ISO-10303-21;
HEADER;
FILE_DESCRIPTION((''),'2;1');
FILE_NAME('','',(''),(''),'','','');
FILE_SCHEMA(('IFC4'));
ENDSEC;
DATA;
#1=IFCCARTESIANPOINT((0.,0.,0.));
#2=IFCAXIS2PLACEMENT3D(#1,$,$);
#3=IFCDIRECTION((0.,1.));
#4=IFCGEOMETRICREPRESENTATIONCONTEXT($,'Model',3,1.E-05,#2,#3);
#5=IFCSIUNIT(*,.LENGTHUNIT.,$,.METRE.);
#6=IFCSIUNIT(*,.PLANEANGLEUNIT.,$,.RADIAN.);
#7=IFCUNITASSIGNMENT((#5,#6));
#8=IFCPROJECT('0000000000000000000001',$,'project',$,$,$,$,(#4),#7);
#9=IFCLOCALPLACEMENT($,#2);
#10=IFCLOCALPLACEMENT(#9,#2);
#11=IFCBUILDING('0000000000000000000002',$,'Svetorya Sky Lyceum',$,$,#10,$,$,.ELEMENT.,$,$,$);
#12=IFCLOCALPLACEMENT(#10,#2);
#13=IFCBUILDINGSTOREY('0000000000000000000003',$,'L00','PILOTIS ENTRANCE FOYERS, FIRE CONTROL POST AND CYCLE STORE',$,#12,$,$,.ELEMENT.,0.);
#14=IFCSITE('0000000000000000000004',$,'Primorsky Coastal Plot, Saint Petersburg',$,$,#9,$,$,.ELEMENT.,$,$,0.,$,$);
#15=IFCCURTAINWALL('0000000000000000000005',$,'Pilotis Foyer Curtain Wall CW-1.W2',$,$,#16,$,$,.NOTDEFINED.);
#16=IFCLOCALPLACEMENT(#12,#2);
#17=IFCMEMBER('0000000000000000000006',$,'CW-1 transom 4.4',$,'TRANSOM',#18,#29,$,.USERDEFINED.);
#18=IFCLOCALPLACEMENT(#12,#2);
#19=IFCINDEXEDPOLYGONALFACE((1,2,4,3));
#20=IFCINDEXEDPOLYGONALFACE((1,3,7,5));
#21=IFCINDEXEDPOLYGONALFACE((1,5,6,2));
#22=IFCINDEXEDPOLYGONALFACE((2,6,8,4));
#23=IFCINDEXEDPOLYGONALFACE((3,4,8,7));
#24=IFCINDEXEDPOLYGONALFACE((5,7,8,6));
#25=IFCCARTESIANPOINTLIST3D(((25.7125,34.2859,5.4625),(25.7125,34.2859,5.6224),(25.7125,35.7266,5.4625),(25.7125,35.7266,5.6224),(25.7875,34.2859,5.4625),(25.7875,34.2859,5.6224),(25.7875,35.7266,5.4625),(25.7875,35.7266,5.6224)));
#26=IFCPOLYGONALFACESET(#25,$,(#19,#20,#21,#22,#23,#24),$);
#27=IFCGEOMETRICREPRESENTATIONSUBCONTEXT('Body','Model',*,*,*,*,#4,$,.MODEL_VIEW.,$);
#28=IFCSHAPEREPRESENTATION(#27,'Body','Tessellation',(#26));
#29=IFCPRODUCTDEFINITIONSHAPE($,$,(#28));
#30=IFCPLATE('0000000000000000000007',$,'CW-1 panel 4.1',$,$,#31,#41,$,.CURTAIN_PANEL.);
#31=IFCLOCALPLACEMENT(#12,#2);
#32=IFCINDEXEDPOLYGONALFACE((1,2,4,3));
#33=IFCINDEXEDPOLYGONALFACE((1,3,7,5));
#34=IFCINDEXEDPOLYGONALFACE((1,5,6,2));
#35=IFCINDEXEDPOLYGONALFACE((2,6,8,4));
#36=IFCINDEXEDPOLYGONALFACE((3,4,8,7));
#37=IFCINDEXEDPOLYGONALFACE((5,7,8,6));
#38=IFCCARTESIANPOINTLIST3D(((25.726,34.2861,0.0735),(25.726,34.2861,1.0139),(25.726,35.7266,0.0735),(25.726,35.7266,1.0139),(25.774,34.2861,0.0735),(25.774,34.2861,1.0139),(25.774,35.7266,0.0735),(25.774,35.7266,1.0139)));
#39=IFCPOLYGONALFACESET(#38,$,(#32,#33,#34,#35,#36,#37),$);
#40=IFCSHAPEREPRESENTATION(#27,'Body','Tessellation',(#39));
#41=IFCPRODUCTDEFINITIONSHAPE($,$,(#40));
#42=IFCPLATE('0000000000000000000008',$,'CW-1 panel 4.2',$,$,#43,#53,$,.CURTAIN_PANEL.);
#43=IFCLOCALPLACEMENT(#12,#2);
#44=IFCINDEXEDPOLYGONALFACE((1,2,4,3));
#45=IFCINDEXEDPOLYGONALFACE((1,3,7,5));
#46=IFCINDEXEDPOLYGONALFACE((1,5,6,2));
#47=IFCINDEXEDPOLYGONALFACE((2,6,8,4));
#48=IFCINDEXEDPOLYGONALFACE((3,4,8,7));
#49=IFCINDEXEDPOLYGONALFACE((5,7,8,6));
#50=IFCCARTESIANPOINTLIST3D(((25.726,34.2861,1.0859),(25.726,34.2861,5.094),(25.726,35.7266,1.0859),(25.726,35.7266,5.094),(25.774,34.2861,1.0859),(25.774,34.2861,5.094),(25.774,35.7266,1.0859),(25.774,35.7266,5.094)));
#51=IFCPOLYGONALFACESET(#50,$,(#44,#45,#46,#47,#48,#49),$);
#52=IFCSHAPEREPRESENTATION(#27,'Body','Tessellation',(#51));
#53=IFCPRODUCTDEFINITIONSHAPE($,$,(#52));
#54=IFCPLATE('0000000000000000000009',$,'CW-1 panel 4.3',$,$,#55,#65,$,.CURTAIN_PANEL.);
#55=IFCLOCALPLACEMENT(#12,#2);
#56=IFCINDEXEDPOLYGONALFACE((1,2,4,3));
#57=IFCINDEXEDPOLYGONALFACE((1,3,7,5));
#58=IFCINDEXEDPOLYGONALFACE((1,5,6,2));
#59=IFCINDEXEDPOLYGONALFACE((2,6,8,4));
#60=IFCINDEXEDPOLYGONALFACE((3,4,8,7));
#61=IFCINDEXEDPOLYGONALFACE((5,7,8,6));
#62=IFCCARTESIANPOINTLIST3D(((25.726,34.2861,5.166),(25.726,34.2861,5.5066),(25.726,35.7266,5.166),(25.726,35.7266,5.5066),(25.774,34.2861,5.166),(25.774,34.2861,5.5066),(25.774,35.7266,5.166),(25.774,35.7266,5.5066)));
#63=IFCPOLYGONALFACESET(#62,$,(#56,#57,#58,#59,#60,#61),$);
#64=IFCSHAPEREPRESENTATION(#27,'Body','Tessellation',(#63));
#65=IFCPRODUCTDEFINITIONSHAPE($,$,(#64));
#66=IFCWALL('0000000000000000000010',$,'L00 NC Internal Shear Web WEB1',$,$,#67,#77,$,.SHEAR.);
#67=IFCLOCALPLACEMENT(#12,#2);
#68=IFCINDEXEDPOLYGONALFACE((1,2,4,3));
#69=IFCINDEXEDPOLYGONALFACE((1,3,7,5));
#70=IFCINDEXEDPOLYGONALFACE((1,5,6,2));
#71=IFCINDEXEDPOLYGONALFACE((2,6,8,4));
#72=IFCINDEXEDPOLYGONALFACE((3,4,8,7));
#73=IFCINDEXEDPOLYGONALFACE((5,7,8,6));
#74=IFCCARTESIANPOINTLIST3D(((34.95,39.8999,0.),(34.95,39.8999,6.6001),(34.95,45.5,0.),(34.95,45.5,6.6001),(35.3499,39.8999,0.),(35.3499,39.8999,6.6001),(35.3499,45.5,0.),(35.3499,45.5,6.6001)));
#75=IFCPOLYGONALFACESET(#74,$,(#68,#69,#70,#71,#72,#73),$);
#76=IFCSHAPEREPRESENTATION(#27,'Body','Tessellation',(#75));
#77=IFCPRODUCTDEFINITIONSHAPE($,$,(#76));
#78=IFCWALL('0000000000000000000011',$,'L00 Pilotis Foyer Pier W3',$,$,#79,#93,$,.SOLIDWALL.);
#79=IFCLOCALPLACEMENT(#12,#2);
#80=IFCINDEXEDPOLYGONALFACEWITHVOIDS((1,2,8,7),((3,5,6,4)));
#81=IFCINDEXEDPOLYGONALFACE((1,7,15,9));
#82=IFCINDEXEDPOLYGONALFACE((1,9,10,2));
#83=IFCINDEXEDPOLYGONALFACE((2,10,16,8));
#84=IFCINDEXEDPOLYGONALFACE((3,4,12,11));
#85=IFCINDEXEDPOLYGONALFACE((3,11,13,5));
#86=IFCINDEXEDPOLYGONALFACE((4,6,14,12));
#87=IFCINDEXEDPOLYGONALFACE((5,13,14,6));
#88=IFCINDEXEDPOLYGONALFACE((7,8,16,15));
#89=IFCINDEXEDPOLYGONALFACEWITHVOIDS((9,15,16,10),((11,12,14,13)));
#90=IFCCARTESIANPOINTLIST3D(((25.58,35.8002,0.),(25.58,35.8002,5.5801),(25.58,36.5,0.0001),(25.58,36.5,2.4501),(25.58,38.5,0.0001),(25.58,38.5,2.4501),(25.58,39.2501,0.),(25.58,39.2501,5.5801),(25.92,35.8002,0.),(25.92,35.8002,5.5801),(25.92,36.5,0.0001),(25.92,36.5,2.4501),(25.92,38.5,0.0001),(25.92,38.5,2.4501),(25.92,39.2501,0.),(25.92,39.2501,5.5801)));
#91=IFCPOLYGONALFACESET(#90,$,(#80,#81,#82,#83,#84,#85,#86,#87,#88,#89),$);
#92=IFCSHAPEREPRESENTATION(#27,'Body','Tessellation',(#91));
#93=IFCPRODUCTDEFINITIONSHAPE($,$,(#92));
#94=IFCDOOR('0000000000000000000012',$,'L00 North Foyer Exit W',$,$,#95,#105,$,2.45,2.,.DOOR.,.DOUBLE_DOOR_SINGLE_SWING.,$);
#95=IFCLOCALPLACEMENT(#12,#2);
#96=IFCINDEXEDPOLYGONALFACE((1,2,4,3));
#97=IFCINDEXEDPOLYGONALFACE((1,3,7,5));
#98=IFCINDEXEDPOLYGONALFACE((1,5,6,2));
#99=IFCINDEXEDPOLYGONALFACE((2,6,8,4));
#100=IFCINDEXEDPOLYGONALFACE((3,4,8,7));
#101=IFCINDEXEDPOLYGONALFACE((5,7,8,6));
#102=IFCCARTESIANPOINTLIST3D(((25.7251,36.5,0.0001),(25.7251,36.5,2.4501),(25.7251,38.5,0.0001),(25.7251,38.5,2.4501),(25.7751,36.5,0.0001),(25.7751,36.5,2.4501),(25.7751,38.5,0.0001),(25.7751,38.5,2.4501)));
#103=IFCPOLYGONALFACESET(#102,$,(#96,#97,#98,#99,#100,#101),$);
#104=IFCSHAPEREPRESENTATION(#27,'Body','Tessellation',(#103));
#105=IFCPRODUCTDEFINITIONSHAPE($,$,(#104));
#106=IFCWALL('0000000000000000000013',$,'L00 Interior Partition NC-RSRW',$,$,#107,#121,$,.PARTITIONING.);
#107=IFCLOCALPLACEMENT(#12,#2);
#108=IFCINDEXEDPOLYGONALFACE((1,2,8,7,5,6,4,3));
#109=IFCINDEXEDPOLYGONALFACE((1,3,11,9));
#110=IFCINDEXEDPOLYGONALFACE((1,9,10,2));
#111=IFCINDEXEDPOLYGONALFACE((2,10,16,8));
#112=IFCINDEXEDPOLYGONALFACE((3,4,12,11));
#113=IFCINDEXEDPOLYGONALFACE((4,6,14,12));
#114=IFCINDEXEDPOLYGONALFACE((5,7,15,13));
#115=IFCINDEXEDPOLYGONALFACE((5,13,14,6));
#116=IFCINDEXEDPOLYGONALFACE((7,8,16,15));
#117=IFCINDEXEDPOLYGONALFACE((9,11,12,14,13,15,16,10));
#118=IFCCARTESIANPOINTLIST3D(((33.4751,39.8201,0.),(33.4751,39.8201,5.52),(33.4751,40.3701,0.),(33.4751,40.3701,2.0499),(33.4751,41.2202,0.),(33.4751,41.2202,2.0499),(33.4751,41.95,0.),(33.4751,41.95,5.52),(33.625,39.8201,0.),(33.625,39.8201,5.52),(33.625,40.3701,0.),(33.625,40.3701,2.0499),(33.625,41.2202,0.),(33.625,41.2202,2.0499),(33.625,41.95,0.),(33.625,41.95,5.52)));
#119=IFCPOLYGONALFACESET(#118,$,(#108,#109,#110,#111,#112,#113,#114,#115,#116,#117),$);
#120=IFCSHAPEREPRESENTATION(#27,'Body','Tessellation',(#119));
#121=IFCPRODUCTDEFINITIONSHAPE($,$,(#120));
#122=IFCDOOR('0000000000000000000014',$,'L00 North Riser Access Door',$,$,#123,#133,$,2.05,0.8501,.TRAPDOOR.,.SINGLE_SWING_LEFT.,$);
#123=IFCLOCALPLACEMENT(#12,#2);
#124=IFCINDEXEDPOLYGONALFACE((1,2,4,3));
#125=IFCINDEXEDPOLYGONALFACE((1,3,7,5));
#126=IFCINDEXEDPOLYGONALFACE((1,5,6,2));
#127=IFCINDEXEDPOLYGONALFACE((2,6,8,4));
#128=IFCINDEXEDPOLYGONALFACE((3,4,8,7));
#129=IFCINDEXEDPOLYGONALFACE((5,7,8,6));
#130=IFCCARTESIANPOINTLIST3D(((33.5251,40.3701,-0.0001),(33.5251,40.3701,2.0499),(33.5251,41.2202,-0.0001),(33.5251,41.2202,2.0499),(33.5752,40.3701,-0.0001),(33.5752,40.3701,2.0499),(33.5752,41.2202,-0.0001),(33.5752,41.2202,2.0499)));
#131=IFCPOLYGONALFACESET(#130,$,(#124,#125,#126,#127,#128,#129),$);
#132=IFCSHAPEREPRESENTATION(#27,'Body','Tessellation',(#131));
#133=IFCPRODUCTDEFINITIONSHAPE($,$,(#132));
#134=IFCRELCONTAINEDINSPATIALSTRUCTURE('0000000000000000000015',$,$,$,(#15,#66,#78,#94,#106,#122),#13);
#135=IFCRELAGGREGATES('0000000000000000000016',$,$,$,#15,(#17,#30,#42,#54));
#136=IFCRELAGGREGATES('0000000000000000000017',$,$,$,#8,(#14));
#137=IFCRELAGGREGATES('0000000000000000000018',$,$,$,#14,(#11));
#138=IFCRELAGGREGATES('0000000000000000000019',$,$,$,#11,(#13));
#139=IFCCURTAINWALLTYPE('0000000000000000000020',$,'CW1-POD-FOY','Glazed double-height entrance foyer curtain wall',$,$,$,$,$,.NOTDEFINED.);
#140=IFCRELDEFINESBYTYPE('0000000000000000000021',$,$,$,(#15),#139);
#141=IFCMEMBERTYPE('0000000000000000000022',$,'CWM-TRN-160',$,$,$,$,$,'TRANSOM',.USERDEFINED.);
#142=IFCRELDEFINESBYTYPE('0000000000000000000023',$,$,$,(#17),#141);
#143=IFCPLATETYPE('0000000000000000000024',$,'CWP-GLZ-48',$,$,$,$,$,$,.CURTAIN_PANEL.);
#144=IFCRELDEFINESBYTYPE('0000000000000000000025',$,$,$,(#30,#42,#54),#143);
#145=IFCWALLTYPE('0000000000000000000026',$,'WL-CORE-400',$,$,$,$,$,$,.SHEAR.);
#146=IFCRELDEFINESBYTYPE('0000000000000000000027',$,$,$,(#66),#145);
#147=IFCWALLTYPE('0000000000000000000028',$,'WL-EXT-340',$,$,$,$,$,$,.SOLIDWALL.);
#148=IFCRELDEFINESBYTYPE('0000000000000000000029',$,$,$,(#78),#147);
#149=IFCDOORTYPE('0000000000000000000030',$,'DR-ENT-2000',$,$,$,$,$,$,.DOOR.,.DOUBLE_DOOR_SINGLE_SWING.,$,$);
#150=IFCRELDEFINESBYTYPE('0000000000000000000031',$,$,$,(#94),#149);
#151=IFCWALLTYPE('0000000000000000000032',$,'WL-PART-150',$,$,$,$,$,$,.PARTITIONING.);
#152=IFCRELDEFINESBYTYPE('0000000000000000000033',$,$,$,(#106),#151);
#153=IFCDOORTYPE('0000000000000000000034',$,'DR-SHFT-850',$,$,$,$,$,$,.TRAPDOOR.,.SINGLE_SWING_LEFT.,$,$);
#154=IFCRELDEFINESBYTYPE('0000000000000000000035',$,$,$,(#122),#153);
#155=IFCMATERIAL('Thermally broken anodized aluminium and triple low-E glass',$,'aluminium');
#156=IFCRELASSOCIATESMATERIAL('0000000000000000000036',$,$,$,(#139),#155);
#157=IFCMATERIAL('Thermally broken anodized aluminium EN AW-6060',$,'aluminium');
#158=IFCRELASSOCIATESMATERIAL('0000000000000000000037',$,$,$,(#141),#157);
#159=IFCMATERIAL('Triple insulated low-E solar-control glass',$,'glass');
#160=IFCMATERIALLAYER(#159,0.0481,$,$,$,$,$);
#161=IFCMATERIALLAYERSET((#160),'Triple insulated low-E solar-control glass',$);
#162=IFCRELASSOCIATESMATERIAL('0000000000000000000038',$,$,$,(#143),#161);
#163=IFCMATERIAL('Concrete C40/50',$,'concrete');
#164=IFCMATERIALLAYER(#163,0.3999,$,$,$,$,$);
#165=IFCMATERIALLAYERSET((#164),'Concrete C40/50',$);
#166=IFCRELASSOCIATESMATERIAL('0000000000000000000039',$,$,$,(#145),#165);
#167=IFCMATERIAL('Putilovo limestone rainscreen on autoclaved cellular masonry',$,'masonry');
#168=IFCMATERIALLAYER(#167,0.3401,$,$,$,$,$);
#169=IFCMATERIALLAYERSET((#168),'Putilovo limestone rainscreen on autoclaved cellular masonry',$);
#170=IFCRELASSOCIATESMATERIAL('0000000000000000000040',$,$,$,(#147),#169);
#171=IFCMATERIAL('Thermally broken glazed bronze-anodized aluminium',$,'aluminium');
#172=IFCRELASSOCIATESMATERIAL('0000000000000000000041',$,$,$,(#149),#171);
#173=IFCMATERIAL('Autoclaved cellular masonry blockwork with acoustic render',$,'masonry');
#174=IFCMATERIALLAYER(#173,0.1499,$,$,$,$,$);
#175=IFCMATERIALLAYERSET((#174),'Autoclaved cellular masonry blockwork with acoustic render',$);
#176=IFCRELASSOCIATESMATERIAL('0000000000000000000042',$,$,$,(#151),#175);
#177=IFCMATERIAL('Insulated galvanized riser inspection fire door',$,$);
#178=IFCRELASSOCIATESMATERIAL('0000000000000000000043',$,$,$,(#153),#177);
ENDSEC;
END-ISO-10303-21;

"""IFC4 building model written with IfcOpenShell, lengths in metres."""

from ifc_helpers import new_model, si_unit, direction, frame, frame_2d, origin, origin_2d, place, context, subcontext, project, spatial, rectangle, extrude, material, layer, layer_set, material_profile, profile_set, type_object, element, fill, aggregate, save


model = new_model("IFC4")

# Units and contexts
model_context = context("Model", 3, precision=1e-05, world=origin(), true_north=direction((0.0, 1.0)))
body_context = subcontext(model_context, "Body", "Model", "MODEL_VIEW")
ifc_project = project(units=[si_unit("LENGTHUNIT", "METRE"), si_unit("PLANEANGLEUNIT", "RADIAN")], contexts=[model_context])

# Site, building, storey
site_placement = place(None, origin())
site = spatial("IfcSite", under=ifc_project, at=site_placement, Name="Primorsky Coastal Plot, Saint Petersburg", CompositionType="ELEMENT", RefElevation=0.0)
building_placement = place(site_placement, origin())
building = spatial("IfcBuilding", under=site, at=building_placement, Name="Svetorya Sky Lyceum", CompositionType="ELEMENT")
storey_placement = place(building_placement, origin())
storey = spatial("IfcBuildingStorey", under=building, at=storey_placement, Name="L00", Description="PILOTIS ENTRANCE FOYERS, FIRE CONTROL POST AND CYCLE STORE", CompositionType="ELEMENT", Elevation=0.0)

# Curtain wall, member, plates
ifc_material_1 = material(Name="Thermally broken anodized aluminium and triple low-E glass", Category="aluminium")
curtain_wall_type = type_object("IfcCurtainWallType", Name="CW1-POD-FOY", Description="Glazed double-height entrance foyer curtain wall", PredefinedType="NOTDEFINED", material=ifc_material_1)
curtain_wall_placement = place(storey_placement, origin())
curtain_wall = element("IfcCurtainWall", 1, at=curtain_wall_placement, inside=storey, type_object=curtain_wall_type, Name="Pilotis Foyer Curtain Wall CW-1.W2", PredefinedType="NOTDEFINED")
ifc_material_2 = material(Name="Thermally broken anodized aluminium EN AW-6060", Category="aluminium")
ifc_material_profile_1 = material_profile(ifc_material_2, rectangle(XDim=0.075, YDim=0.1599, at=origin_2d()), Name="ALU TRANSOM 75x160")
ifc_profile_set_1 = profile_set([ifc_material_profile_1], Name="Thermally broken anodized aluminium EN AW-6060")
member_type_1 = type_object("IfcMemberType", Name="CWM-TRN-160", ElementType="TRANSOM", PredefinedType="USERDEFINED", material=ifc_profile_set_1)
member_1_placement = place(storey_placement, frame((25.75, 34.2859, 5.5425), z_axis=(0.0, 1.0, 0.0), x_axis=(-1.0, 0.0, 0.0)))
member_1 = element("IfcMember", 2, at=member_1_placement, type_object=member_type_1, Name="CW-1 transom 4.4", ObjectType="TRANSOM", PredefinedType="USERDEFINED", context=body_context, shape_type="SweptSolid", body=[
    extrude(rectangle(XDim=0.075, YDim=0.1599, at=origin_2d()), origin(), (0.0, 0.0, 1.0), 1.4407),
])
ifc_material_3 = material(Name="Triple insulated low-E solar-control glass", Category="glass")
ifc_layer_1 = layer(ifc_material_3, 0.0481)
ifc_layer_set_1 = layer_set([ifc_layer_1], Name="Triple insulated low-E solar-control glass")
plate_type = type_object("IfcPlateType", Name="CWP-GLZ-48", PredefinedType="CURTAIN_PANEL", material=ifc_layer_set_1)
plate_1_placement = place(storey_placement, frame((25.75, 35.0063, 0.0735), z_axis=(0.0, 0.0, 1.0), x_axis=(0.0, 1.0, 0.0)))
plate_1 = element("IfcPlate", 3, at=plate_1_placement, type_object=plate_type, Name="CW-1 panel 4.1", PredefinedType="CURTAIN_PANEL", context=body_context, shape_type="SweptSolid", body=[
    extrude(rectangle(XDim=1.4404, YDim=0.0481, at=origin_2d()), origin(), (0.0, 0.0, 1.0), 0.9404),
])
plate_2_placement = place(storey_placement, frame((25.75, 35.0063, 1.0859), z_axis=(0.0, 0.0, 1.0), x_axis=(0.0, 1.0, 0.0)))
plate_2 = element("IfcPlate", 4, at=plate_2_placement, type_object=plate_type, Name="CW-1 panel 4.2", PredefinedType="CURTAIN_PANEL", context=body_context, shape_type="SweptSolid", body=[
    extrude(rectangle(XDim=1.4404, YDim=0.0481, at=origin_2d()), origin(), (0.0, 0.0, 1.0), 4.0081),
])
plate_3_placement = place(storey_placement, frame((25.75, 35.0063, 5.166), z_axis=(0.0, 0.0, 1.0), x_axis=(0.0, 1.0, 0.0)))
plate_3 = element("IfcPlate", 5, at=plate_3_placement, type_object=plate_type, Name="CW-1 panel 4.3", PredefinedType="CURTAIN_PANEL", context=body_context, shape_type="SweptSolid", body=[
    extrude(rectangle(XDim=1.4404, YDim=0.0481, at=origin_2d()), origin(), (0.0, 0.0, 1.0), 0.3406),
])
aggregate(curtain_wall, [member_1, plate_1, plate_2, plate_3])

# Wall
ifc_material_4 = material(Name="Concrete C40/50", Category="concrete")
ifc_layer_2 = layer(ifc_material_4, 0.3999)
ifc_layer_set_2 = layer_set([ifc_layer_2], Name="Concrete C40/50")
wall_type_1 = type_object("IfcWallType", Name="WL-CORE-400", PredefinedType="SHEAR", material=ifc_layer_set_2)
wall_1_placement = place(storey_placement, frame((35.1499, 39.8999, 0.0), z_axis=(0.0, 0.0, 1.0), x_axis=(0.0, 1.0, 0.0)))
element("IfcWall", 6, at=wall_1_placement, inside=storey, type_object=wall_type_1, Name="L00 NC Internal Shear Web WEB1", PredefinedType="SHEAR", context=body_context, shape_type="SweptSolid", body=[
    extrude(rectangle(XDim=5.6001, YDim=0.3999, at=frame_2d((2.8, 0.0))), origin(), (0.0, 0.0, 1.0), 6.6001),
])

# Walls, openings, doors
ifc_material_5 = material(Name="Putilovo limestone rainscreen on autoclaved cellular masonry", Category="masonry")
ifc_layer_3 = layer(ifc_material_5, 0.3401)
ifc_layer_set_3 = layer_set([ifc_layer_3], Name="Putilovo limestone rainscreen on autoclaved cellular masonry")
wall_type_2 = type_object("IfcWallType", Name="WL-EXT-340", PredefinedType="SOLIDWALL", material=ifc_layer_set_3)
wall_2_placement = place(storey_placement, frame((25.75, 35.8, 0.0), z_axis=(0.0, 0.0, 1.0), x_axis=(0.0, 1.0, 0.0)))
wall_2 = element("IfcWall", 7, at=wall_2_placement, inside=storey, type_object=wall_type_2, Name="L00 Pilotis Foyer Pier W3", PredefinedType="SOLIDWALL", context=body_context, shape_type="SweptSolid", body=[
    extrude(rectangle(XDim=3.45, YDim=0.3401, at=frame_2d((1.7251, 0.0))), origin(), (0.0, 0.0, 1.0), 5.5801),
])
opening_1_placement = place(wall_2_placement, frame((0.7, 0.0, 0.0)))
opening_1 = element("IfcOpeningElement", 8, at=opening_1_placement, cuts=wall_2, PredefinedType="OPENING", context=body_context, shape_type="SweptSolid", body=[
    extrude(rectangle(XDim=2.0, YDim=2.45, at=frame_2d((1.0, 1.2251))), frame((0.0, 0.1799, 0.0), z_axis=(0.0, -1.0, 0.0), x_axis=(1.0, 0.0, 0.0)), (0.0, 0.0, 1.0), 0.3601),
])
ifc_material_6 = material(Name="Thermally broken glazed bronze-anodized aluminium", Category="aluminium")
door_type_1 = type_object("IfcDoorType", Name="DR-ENT-2000", OperationType="DOUBLE_DOOR_SINGLE_SWING", PredefinedType="DOOR", material=ifc_material_6)
door_1_placement = place(opening_1_placement, origin())
door_1 = element("IfcDoor", 9, at=door_1_placement, inside=storey, type_object=door_type_1, Name="L00 North Foyer Exit W", OperationType="DOUBLE_DOOR_SINGLE_SWING", OverallHeight=2.45, OverallWidth=2.0, PredefinedType="DOOR", context=body_context, shape_type="SweptSolid", body=[
    extrude(rectangle(XDim=2.0, YDim=2.45, at=frame_2d((1.0, 1.2251))), frame((0.0, 0.0249, 0.0), z_axis=(0.0, -1.0, 0.0), x_axis=(1.0, 0.0, 0.0)), (0.0, 0.0, 1.0), 0.05),
])
fill(opening_1, door_1)
ifc_material_7 = material(Name="Autoclaved cellular masonry blockwork with acoustic render", Category="masonry")
ifc_layer_4 = layer(ifc_material_7, 0.1499)
ifc_layer_set_4 = layer_set([ifc_layer_4], Name="Autoclaved cellular masonry blockwork with acoustic render")
wall_type_3 = type_object("IfcWallType", Name="WL-PART-150", PredefinedType="PARTITIONING", material=ifc_layer_set_4)
wall_3_placement = place(storey_placement, frame((33.55, 39.8201, 0.0), z_axis=(0.0, 0.0, 1.0), x_axis=(0.0, 1.0, 0.0)))
wall_3 = element("IfcWall", 10, at=wall_3_placement, inside=storey, type_object=wall_type_3, Name="L00 Interior Partition NC-RSRW", PredefinedType="PARTITIONING", context=body_context, shape_type="SweptSolid", body=[
    extrude(rectangle(XDim=2.1299, YDim=0.1499, at=frame_2d((1.0649, 0.0))), origin(), (0.0, 0.0, 1.0), 5.52),
])
opening_2_placement = place(wall_3_placement, frame((0.55, 0.0, 0.0)))
opening_2 = element("IfcOpeningElement", 11, at=opening_2_placement, cuts=wall_3, PredefinedType="OPENING", context=body_context, shape_type="SweptSolid", body=[
    extrude(rectangle(XDim=0.8501, YDim=2.05, at=frame_2d((0.425, 1.0249))), frame((0.0, 0.085, 0.0), z_axis=(0.0, -1.0, 0.0), x_axis=(1.0, 0.0, 0.0)), (0.0, 0.0, 1.0), 0.1699),
])
ifc_material_8 = material(Name="Insulated galvanized riser inspection fire door")
door_type_2 = type_object("IfcDoorType", Name="DR-SHFT-850", OperationType="SINGLE_SWING_LEFT", PredefinedType="TRAPDOOR", material=ifc_material_8)
door_2_placement = place(opening_2_placement, origin())
door_2 = element("IfcDoor", 12, at=door_2_placement, inside=storey, type_object=door_type_2, Name="L00 North Riser Access Door", OperationType="SINGLE_SWING_LEFT", OverallHeight=2.05, OverallWidth=0.8501, PredefinedType="TRAPDOOR", context=body_context, shape_type="SweptSolid", body=[
    extrude(rectangle(XDim=0.8501, YDim=2.05, at=frame_2d((0.425, 1.0249))), frame((0.0, 0.0249, 0.0), z_axis=(0.0, -1.0, 0.0), x_axis=(1.0, 0.0, 0.0)), (0.0, 0.0, 1.0), 0.05),
])
fill(opening_2, door_2)

save(model, "model.ifc")
